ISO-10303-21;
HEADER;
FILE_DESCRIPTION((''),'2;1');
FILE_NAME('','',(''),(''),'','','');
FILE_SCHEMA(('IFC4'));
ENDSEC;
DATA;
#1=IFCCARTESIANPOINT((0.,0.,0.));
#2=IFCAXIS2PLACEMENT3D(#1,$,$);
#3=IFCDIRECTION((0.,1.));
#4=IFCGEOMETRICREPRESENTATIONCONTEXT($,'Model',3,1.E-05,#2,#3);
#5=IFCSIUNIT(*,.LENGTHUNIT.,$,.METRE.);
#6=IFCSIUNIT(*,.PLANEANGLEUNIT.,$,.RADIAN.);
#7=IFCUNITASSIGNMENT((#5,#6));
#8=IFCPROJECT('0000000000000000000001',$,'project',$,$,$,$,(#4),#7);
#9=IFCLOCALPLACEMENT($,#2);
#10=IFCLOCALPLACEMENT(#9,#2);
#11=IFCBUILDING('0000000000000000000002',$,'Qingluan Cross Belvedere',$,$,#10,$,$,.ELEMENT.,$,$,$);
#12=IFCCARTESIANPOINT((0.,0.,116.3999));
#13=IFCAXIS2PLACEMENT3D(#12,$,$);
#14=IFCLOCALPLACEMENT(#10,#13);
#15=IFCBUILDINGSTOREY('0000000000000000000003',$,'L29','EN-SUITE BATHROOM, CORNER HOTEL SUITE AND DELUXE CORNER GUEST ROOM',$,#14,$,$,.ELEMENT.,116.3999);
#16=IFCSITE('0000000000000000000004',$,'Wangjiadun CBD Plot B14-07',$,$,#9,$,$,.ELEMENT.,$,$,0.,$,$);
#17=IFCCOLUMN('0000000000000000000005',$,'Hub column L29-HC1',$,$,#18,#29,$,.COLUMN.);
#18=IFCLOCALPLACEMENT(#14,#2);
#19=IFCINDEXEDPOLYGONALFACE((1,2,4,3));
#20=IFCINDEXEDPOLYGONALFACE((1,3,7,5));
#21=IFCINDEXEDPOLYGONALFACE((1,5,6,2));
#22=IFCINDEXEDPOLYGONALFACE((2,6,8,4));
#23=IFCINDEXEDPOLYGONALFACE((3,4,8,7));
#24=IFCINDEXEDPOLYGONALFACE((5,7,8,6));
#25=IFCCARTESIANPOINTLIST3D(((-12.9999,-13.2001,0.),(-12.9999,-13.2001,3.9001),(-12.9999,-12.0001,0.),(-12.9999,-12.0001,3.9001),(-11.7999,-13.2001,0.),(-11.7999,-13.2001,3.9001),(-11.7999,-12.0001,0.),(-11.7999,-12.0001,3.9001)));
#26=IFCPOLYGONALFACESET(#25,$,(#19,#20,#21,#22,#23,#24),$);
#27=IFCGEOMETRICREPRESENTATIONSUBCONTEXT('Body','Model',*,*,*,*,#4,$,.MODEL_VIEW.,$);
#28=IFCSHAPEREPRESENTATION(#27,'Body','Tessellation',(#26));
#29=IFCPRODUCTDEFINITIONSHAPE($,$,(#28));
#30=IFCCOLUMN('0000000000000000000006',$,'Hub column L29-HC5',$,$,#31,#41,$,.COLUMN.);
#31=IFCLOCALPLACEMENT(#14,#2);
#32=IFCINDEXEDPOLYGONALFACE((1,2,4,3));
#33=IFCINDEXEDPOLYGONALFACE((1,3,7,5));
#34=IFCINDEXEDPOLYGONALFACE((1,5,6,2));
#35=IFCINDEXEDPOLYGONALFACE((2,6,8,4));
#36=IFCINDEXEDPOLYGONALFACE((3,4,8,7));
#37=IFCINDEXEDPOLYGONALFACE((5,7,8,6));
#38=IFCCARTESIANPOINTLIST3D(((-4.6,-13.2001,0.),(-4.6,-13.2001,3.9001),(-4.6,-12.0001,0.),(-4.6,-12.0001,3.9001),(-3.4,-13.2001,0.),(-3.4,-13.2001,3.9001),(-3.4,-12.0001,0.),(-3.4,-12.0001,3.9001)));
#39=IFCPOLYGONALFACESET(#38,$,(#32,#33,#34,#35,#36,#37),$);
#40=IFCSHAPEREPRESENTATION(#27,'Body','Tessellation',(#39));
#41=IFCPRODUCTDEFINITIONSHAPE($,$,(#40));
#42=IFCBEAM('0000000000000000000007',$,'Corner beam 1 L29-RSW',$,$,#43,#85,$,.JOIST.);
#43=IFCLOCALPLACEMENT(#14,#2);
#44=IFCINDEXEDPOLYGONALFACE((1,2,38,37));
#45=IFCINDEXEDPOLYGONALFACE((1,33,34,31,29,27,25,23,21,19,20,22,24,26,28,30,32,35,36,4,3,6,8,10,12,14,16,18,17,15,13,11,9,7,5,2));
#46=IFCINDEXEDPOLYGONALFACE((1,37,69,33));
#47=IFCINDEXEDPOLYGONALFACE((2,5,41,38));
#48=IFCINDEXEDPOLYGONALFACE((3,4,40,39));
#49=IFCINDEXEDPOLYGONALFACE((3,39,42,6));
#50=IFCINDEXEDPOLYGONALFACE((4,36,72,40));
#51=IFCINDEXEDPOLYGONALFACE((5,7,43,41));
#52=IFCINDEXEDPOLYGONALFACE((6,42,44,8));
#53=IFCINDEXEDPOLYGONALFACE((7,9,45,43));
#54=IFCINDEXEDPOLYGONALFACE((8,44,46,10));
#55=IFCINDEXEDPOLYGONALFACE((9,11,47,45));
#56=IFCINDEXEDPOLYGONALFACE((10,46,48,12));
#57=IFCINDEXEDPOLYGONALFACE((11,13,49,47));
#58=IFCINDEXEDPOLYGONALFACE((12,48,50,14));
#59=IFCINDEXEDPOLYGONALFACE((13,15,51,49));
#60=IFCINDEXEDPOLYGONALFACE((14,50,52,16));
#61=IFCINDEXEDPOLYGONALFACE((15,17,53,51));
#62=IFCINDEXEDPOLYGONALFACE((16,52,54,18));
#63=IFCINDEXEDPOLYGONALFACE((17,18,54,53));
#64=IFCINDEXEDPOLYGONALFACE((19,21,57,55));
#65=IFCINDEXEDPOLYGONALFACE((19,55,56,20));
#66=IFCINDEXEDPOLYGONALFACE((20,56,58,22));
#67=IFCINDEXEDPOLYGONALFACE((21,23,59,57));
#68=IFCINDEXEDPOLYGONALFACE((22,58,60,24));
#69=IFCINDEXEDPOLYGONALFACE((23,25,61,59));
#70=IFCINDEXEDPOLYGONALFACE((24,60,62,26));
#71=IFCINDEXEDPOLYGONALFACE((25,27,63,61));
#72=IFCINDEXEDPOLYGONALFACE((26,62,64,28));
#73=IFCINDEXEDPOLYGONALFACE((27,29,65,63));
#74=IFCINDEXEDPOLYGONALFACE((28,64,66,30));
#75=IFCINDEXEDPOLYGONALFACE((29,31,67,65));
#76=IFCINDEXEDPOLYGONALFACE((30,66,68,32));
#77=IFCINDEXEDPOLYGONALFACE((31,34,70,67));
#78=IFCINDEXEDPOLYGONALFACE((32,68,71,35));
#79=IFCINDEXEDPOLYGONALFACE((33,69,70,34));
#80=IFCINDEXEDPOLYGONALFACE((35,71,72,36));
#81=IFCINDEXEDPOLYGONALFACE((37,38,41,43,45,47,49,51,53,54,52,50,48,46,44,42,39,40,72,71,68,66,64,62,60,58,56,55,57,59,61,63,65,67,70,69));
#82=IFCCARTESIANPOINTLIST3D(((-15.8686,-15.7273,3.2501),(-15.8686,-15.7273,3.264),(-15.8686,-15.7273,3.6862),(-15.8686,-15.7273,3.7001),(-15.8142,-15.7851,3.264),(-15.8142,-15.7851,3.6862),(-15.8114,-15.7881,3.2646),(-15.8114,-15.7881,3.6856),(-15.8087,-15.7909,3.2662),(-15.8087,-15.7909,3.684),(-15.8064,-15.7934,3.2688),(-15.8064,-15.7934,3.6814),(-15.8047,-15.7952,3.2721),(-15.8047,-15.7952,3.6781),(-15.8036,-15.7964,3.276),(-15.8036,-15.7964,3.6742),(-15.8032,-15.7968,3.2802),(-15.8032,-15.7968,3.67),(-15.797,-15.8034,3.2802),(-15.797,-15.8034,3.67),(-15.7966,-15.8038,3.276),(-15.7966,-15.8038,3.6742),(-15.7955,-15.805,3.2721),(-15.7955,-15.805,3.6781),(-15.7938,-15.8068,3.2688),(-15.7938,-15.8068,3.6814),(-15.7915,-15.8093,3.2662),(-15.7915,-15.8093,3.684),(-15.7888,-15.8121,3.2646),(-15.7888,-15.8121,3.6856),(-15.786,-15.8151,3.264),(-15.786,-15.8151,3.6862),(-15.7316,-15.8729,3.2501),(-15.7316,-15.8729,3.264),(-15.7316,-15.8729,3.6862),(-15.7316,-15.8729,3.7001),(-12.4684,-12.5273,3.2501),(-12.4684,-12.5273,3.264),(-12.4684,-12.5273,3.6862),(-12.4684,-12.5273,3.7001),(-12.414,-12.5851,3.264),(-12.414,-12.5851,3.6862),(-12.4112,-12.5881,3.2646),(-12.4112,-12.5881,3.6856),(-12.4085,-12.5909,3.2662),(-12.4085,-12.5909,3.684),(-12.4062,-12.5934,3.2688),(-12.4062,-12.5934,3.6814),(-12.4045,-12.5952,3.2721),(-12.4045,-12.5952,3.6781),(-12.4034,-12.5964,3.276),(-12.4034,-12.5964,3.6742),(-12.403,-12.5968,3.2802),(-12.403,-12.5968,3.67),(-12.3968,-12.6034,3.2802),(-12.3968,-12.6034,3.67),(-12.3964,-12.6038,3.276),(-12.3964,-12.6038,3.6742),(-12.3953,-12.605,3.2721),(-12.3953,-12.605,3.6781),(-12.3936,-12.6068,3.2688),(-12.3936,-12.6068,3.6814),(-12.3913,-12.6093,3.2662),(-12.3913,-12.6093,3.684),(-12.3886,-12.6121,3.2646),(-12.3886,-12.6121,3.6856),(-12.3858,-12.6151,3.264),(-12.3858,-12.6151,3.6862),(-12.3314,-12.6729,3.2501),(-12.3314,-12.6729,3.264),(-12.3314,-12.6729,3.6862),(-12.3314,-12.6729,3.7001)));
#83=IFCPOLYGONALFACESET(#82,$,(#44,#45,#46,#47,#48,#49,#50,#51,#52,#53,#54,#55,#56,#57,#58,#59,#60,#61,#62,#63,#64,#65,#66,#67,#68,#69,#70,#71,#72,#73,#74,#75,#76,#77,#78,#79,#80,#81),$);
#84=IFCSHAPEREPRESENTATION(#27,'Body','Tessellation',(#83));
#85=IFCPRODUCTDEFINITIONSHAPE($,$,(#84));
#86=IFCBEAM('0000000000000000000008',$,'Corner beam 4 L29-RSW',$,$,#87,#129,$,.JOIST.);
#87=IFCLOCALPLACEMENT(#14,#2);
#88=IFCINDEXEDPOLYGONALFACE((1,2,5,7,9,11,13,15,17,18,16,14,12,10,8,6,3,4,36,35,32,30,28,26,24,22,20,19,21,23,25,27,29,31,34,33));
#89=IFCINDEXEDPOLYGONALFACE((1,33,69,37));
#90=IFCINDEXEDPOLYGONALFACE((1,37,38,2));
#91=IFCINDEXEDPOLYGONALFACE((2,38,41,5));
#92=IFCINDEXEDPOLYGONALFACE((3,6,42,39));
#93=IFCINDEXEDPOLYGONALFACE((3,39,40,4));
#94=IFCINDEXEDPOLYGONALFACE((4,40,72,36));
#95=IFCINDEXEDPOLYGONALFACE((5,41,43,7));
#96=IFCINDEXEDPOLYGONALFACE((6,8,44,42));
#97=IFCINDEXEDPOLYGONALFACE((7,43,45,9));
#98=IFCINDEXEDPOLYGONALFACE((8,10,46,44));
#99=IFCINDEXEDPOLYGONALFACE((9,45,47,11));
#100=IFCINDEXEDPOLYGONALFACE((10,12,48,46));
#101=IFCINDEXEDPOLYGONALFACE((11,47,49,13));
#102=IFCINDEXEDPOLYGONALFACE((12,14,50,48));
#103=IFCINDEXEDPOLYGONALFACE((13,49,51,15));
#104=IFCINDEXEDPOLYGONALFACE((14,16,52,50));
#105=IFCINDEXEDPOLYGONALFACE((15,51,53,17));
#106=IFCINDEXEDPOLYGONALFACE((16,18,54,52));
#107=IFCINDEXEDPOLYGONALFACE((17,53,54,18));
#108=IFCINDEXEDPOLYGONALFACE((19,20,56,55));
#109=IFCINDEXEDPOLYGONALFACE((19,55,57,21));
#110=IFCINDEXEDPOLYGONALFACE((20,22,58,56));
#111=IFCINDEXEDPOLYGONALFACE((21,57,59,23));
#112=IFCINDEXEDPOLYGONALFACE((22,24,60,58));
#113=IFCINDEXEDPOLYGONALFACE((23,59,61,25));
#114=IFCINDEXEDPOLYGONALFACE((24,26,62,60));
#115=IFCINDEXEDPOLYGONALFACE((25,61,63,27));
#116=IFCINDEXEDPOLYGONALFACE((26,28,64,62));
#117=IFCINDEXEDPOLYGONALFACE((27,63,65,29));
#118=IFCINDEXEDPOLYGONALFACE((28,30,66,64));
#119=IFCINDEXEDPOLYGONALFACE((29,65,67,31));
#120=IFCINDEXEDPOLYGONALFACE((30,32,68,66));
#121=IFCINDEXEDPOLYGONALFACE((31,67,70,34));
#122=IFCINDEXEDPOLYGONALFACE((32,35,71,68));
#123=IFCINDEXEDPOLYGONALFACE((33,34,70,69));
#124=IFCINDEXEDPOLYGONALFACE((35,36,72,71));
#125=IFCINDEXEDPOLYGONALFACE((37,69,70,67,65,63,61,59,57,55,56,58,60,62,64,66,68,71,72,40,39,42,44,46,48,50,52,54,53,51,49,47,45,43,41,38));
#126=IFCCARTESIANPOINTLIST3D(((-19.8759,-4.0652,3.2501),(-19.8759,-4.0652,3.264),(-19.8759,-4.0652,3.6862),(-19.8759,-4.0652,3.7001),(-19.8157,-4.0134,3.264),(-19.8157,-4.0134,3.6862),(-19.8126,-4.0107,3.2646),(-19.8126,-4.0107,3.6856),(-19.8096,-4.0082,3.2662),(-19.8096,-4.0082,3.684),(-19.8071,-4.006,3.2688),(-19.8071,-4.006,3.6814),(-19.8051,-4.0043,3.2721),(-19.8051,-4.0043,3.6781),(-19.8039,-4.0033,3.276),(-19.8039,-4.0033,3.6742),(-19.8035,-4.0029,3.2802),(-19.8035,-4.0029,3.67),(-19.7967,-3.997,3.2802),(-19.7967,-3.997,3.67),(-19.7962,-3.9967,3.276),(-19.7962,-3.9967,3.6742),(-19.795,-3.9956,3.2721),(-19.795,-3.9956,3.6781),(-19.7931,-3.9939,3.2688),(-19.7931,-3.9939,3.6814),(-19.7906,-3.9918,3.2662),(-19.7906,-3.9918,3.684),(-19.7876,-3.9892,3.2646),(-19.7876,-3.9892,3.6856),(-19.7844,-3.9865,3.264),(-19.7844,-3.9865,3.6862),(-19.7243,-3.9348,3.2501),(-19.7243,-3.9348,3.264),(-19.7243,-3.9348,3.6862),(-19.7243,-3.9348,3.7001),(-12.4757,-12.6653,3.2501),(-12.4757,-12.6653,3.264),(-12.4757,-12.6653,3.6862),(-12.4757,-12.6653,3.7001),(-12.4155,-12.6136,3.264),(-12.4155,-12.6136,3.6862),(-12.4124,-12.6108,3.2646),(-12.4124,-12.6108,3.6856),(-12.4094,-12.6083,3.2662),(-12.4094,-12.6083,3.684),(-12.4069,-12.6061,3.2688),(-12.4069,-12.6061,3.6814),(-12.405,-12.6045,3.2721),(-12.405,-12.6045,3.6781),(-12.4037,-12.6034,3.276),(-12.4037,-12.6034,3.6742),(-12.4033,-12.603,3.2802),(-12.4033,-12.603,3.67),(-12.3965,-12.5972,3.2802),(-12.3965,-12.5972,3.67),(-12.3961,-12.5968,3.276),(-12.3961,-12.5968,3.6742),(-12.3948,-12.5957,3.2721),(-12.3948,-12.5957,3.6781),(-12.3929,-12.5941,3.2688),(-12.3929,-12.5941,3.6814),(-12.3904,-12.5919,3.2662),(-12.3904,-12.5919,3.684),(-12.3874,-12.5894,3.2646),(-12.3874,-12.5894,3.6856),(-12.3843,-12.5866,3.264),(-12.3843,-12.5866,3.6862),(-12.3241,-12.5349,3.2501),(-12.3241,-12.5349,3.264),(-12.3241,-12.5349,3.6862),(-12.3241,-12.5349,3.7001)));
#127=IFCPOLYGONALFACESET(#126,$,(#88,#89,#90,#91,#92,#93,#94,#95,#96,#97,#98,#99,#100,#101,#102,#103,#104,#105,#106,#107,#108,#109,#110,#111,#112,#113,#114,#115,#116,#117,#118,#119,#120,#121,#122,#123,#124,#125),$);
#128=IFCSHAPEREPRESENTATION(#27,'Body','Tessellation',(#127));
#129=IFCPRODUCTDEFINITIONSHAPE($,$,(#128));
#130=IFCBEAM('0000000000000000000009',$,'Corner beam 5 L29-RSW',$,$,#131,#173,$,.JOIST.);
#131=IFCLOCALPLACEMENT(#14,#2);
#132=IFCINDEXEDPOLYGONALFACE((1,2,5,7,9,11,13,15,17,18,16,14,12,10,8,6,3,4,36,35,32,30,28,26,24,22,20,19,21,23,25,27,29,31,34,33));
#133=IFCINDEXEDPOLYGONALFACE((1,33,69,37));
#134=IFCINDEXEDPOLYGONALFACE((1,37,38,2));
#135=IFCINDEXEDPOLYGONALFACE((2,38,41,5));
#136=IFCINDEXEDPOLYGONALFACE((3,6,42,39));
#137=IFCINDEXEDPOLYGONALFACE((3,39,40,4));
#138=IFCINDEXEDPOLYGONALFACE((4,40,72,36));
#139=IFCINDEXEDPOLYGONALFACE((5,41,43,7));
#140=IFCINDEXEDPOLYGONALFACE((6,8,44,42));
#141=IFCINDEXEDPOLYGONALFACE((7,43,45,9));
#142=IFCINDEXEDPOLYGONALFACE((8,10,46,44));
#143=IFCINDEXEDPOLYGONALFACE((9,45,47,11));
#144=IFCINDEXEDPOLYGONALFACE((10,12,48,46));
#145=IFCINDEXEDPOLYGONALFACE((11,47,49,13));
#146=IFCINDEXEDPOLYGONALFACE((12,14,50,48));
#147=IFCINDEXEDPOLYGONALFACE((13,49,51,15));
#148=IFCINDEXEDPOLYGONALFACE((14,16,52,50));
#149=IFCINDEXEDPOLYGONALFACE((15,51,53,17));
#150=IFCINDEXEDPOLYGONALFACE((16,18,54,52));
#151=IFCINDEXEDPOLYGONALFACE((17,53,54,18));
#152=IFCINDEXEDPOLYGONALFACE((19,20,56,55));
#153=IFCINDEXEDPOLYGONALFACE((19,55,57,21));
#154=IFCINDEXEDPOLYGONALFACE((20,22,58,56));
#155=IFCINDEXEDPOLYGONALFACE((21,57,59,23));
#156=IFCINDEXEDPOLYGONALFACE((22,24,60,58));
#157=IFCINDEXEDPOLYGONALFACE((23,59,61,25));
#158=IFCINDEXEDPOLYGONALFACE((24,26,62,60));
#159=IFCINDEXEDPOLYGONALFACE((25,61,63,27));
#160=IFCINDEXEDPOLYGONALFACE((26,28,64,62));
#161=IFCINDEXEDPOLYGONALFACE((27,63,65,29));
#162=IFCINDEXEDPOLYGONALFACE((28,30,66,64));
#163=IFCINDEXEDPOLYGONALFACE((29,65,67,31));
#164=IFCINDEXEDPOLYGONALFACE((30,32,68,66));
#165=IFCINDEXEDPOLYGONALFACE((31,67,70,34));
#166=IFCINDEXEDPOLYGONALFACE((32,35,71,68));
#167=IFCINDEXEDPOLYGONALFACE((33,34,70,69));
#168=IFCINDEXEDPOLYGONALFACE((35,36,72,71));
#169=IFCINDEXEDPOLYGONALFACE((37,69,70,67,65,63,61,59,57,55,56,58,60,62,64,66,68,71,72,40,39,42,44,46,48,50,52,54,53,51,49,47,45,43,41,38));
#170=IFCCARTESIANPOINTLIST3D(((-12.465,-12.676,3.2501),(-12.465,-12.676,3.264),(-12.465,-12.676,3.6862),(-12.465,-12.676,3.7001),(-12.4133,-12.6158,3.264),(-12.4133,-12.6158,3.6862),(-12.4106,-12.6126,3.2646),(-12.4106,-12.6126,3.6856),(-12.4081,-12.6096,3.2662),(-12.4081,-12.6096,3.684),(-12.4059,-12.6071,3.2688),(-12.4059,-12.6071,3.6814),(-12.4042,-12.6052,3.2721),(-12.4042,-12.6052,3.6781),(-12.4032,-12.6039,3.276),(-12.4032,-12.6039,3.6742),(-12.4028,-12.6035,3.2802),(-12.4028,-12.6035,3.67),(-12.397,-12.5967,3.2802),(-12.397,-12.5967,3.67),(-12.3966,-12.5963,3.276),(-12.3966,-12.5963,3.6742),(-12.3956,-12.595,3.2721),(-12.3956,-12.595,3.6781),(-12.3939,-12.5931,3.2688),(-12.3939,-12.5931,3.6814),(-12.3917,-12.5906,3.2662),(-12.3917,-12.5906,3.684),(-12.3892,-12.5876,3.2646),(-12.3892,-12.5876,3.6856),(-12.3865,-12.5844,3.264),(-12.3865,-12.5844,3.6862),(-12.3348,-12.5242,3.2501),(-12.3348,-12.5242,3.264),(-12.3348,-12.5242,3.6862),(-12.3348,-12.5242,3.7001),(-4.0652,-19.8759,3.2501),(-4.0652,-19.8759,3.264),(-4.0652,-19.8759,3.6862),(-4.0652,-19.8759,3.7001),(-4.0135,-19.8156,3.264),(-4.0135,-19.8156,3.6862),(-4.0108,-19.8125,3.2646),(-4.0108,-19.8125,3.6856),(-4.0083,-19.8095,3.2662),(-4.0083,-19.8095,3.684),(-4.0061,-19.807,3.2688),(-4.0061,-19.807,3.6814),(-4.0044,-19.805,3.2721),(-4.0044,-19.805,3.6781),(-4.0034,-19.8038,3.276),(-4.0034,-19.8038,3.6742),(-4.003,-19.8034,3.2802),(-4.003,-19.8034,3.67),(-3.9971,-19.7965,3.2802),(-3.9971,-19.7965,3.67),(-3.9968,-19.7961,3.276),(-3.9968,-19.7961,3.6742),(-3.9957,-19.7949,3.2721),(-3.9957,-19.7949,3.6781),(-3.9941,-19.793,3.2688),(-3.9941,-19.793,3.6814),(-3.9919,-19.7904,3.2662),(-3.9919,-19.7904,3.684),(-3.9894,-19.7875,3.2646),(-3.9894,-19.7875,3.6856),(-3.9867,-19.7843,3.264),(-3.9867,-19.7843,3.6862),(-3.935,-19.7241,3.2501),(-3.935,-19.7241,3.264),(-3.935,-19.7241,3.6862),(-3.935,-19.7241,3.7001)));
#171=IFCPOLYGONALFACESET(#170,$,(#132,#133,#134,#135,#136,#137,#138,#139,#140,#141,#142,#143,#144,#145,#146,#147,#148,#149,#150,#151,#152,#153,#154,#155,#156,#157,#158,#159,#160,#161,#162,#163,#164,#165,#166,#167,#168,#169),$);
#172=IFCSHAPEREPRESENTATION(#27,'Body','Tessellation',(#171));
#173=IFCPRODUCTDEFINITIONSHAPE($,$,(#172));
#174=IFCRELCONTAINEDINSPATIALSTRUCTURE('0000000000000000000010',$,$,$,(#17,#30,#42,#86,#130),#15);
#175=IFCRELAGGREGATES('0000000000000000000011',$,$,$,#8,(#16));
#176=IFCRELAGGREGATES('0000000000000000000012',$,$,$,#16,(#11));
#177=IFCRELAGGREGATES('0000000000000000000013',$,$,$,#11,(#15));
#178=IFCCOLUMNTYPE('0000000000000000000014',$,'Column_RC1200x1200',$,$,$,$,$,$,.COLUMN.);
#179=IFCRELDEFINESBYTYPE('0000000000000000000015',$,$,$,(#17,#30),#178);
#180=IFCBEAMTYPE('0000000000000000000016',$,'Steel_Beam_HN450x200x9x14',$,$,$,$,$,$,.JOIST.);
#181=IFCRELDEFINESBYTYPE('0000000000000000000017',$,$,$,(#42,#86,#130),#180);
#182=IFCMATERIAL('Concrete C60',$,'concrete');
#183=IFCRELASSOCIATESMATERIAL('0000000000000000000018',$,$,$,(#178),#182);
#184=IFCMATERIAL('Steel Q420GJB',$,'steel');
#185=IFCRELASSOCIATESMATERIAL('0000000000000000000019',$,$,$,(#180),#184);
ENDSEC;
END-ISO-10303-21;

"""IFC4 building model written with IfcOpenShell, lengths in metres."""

from ifc_helpers import new_model, si_unit, direction, frame, origin, origin_2d, place, context, subcontext, project, spatial, rectangle, i_section, extrude, material, material_profile, profile_set, type_object, element, save


model = new_model("IFC4")

# Units and contexts
model_context = context("Model", 3, precision=1e-05, world=origin(), true_north=direction((0.0, 1.0)))
body_context = subcontext(model_context, "Body", "Model", "MODEL_VIEW")
ifc_project = project(units=[si_unit("LENGTHUNIT", "METRE"), si_unit("PLANEANGLEUNIT", "RADIAN")], contexts=[model_context])

# Site, building, storey
site_placement = place(None, origin())
site = spatial("IfcSite", under=ifc_project, at=site_placement, Name="Wangjiadun CBD Plot B14-07", CompositionType="ELEMENT", RefElevation=0.0)
building_placement = place(site_placement, origin())
building = spatial("IfcBuilding", under=site, at=building_placement, Name="Qingluan Cross Belvedere", CompositionType="ELEMENT")
storey_placement = place(building_placement, frame((0.0, 0.0, 116.3999)))
storey = spatial("IfcBuildingStorey", under=building, at=storey_placement, Name="L29", Description="EN-SUITE BATHROOM, CORNER HOTEL SUITE AND DELUXE CORNER GUEST ROOM", CompositionType="ELEMENT", Elevation=116.3999)

# Columns
ifc_material_1 = material(Name="Concrete C60", Category="concrete")
ifc_material_profile_1 = material_profile(ifc_material_1, rectangle(XDim=1.2, YDim=1.2, at=origin_2d()), Name="RC1200x1200")
ifc_profile_set_1 = profile_set([ifc_material_profile_1], Name="Concrete C60")
column_type = type_object("IfcColumnType", Name="Column_RC1200x1200", PredefinedType="COLUMN", material=ifc_profile_set_1)
for number, where, z_axis, x_axis, name in (
    (1, (-12.3999, -12.6001, 0.0), (0.0, 0.0, 1.0), (1.0, 0.0, 0.0), "Hub column L29-HC1"),
    (2, (-4.0, -12.6001, 0.0), (0.0, 0.0, 1.0), (1.0, 0.0, 0.0), "Hub column L29-HC5"),
):
    element("IfcColumn", number, at=place(storey_placement, frame(where, z_axis=z_axis, x_axis=x_axis)), inside=storey, type_object=column_type, Name=name, PredefinedType="COLUMN", context=body_context, shape_type="SweptSolid", body=[
        extrude(rectangle(XDim=1.2, YDim=1.2, at=origin_2d()), origin(), (0.0, 0.0, 1.0), 3.9001),
    ])

# Beams
ifc_material_2 = material(Name="Steel Q420GJB", Category="steel")
ifc_material_profile_2 = material_profile(ifc_material_2, i_section(OverallWidth=0.2, OverallDepth=0.45, WebThickness=0.009, FlangeThickness=0.0139, FilletRadius=0.0161, at=origin_2d()), Name="HN450x200x9x14")
ifc_profile_set_2 = profile_set([ifc_material_profile_2], Name="Steel Q420GJB")
beam_type_1 = type_object("IfcBeamType", Name="Steel_Beam_HN450x200x9x14", PredefinedType="JOIST", material=ifc_profile_set_2)
beam_1_placement = place(storey_placement, frame((-12.3999, -12.6001, 3.4751), z_axis=(-0.72822, -0.685343, 0.0), x_axis=(0.685343, -0.72822, 0.0)))
element("IfcBeam", 3, at=beam_1_placement, inside=storey, type_object=beam_type_1, Name="Corner beam 1 L29-RSW", PredefinedType="JOIST", context=body_context, shape_type="SweptSolid", body=[
    extrude(i_section(OverallWidth=0.2, OverallDepth=0.45, WebThickness=0.009, FlangeThickness=0.0139, FilletRadius=0.0161, at=origin_2d()), origin(), (0.0, 0.0, 1.0), 4.6692),
])
beam_2_placement = place(storey_placement, frame((-12.3999, -12.6001, 3.4751), z_axis=(-0.652245, 0.758008, 0.0), x_axis=(-0.758008, -0.652245, 0.0)))
element("IfcBeam", 4, at=beam_2_placement, inside=storey, type_object=beam_type_1, Name="Corner beam 4 L29-RSW", PredefinedType="JOIST", context=body_context, shape_type="SweptSolid", body=[
    extrude(i_section(OverallWidth=0.2, OverallDepth=0.45, WebThickness=0.009, FlangeThickness=0.0139, FilletRadius=0.0161, at=origin_2d()), origin(), (0.0, 0.0, 1.0), 11.3457),
])
beam_3_placement = place(storey_placement, frame((-12.3999, -12.6001, 3.4751), z_axis=(0.759255, -0.650793, 0.0), x_axis=(0.650793, 0.759255, 0.0)))
element("IfcBeam", 5, at=beam_3_placement, inside=storey, type_object=beam_type_1, Name="Corner beam 5 L29-RSW", PredefinedType="JOIST", context=body_context, shape_type="SweptSolid", body=[
    extrude(i_section(OverallWidth=0.2, OverallDepth=0.45, WebThickness=0.009, FlangeThickness=0.0139, FilletRadius=0.0161, at=origin_2d()), origin(), (0.0, 0.0, 1.0), 11.0632),
])

save(model, "model.ifc")
